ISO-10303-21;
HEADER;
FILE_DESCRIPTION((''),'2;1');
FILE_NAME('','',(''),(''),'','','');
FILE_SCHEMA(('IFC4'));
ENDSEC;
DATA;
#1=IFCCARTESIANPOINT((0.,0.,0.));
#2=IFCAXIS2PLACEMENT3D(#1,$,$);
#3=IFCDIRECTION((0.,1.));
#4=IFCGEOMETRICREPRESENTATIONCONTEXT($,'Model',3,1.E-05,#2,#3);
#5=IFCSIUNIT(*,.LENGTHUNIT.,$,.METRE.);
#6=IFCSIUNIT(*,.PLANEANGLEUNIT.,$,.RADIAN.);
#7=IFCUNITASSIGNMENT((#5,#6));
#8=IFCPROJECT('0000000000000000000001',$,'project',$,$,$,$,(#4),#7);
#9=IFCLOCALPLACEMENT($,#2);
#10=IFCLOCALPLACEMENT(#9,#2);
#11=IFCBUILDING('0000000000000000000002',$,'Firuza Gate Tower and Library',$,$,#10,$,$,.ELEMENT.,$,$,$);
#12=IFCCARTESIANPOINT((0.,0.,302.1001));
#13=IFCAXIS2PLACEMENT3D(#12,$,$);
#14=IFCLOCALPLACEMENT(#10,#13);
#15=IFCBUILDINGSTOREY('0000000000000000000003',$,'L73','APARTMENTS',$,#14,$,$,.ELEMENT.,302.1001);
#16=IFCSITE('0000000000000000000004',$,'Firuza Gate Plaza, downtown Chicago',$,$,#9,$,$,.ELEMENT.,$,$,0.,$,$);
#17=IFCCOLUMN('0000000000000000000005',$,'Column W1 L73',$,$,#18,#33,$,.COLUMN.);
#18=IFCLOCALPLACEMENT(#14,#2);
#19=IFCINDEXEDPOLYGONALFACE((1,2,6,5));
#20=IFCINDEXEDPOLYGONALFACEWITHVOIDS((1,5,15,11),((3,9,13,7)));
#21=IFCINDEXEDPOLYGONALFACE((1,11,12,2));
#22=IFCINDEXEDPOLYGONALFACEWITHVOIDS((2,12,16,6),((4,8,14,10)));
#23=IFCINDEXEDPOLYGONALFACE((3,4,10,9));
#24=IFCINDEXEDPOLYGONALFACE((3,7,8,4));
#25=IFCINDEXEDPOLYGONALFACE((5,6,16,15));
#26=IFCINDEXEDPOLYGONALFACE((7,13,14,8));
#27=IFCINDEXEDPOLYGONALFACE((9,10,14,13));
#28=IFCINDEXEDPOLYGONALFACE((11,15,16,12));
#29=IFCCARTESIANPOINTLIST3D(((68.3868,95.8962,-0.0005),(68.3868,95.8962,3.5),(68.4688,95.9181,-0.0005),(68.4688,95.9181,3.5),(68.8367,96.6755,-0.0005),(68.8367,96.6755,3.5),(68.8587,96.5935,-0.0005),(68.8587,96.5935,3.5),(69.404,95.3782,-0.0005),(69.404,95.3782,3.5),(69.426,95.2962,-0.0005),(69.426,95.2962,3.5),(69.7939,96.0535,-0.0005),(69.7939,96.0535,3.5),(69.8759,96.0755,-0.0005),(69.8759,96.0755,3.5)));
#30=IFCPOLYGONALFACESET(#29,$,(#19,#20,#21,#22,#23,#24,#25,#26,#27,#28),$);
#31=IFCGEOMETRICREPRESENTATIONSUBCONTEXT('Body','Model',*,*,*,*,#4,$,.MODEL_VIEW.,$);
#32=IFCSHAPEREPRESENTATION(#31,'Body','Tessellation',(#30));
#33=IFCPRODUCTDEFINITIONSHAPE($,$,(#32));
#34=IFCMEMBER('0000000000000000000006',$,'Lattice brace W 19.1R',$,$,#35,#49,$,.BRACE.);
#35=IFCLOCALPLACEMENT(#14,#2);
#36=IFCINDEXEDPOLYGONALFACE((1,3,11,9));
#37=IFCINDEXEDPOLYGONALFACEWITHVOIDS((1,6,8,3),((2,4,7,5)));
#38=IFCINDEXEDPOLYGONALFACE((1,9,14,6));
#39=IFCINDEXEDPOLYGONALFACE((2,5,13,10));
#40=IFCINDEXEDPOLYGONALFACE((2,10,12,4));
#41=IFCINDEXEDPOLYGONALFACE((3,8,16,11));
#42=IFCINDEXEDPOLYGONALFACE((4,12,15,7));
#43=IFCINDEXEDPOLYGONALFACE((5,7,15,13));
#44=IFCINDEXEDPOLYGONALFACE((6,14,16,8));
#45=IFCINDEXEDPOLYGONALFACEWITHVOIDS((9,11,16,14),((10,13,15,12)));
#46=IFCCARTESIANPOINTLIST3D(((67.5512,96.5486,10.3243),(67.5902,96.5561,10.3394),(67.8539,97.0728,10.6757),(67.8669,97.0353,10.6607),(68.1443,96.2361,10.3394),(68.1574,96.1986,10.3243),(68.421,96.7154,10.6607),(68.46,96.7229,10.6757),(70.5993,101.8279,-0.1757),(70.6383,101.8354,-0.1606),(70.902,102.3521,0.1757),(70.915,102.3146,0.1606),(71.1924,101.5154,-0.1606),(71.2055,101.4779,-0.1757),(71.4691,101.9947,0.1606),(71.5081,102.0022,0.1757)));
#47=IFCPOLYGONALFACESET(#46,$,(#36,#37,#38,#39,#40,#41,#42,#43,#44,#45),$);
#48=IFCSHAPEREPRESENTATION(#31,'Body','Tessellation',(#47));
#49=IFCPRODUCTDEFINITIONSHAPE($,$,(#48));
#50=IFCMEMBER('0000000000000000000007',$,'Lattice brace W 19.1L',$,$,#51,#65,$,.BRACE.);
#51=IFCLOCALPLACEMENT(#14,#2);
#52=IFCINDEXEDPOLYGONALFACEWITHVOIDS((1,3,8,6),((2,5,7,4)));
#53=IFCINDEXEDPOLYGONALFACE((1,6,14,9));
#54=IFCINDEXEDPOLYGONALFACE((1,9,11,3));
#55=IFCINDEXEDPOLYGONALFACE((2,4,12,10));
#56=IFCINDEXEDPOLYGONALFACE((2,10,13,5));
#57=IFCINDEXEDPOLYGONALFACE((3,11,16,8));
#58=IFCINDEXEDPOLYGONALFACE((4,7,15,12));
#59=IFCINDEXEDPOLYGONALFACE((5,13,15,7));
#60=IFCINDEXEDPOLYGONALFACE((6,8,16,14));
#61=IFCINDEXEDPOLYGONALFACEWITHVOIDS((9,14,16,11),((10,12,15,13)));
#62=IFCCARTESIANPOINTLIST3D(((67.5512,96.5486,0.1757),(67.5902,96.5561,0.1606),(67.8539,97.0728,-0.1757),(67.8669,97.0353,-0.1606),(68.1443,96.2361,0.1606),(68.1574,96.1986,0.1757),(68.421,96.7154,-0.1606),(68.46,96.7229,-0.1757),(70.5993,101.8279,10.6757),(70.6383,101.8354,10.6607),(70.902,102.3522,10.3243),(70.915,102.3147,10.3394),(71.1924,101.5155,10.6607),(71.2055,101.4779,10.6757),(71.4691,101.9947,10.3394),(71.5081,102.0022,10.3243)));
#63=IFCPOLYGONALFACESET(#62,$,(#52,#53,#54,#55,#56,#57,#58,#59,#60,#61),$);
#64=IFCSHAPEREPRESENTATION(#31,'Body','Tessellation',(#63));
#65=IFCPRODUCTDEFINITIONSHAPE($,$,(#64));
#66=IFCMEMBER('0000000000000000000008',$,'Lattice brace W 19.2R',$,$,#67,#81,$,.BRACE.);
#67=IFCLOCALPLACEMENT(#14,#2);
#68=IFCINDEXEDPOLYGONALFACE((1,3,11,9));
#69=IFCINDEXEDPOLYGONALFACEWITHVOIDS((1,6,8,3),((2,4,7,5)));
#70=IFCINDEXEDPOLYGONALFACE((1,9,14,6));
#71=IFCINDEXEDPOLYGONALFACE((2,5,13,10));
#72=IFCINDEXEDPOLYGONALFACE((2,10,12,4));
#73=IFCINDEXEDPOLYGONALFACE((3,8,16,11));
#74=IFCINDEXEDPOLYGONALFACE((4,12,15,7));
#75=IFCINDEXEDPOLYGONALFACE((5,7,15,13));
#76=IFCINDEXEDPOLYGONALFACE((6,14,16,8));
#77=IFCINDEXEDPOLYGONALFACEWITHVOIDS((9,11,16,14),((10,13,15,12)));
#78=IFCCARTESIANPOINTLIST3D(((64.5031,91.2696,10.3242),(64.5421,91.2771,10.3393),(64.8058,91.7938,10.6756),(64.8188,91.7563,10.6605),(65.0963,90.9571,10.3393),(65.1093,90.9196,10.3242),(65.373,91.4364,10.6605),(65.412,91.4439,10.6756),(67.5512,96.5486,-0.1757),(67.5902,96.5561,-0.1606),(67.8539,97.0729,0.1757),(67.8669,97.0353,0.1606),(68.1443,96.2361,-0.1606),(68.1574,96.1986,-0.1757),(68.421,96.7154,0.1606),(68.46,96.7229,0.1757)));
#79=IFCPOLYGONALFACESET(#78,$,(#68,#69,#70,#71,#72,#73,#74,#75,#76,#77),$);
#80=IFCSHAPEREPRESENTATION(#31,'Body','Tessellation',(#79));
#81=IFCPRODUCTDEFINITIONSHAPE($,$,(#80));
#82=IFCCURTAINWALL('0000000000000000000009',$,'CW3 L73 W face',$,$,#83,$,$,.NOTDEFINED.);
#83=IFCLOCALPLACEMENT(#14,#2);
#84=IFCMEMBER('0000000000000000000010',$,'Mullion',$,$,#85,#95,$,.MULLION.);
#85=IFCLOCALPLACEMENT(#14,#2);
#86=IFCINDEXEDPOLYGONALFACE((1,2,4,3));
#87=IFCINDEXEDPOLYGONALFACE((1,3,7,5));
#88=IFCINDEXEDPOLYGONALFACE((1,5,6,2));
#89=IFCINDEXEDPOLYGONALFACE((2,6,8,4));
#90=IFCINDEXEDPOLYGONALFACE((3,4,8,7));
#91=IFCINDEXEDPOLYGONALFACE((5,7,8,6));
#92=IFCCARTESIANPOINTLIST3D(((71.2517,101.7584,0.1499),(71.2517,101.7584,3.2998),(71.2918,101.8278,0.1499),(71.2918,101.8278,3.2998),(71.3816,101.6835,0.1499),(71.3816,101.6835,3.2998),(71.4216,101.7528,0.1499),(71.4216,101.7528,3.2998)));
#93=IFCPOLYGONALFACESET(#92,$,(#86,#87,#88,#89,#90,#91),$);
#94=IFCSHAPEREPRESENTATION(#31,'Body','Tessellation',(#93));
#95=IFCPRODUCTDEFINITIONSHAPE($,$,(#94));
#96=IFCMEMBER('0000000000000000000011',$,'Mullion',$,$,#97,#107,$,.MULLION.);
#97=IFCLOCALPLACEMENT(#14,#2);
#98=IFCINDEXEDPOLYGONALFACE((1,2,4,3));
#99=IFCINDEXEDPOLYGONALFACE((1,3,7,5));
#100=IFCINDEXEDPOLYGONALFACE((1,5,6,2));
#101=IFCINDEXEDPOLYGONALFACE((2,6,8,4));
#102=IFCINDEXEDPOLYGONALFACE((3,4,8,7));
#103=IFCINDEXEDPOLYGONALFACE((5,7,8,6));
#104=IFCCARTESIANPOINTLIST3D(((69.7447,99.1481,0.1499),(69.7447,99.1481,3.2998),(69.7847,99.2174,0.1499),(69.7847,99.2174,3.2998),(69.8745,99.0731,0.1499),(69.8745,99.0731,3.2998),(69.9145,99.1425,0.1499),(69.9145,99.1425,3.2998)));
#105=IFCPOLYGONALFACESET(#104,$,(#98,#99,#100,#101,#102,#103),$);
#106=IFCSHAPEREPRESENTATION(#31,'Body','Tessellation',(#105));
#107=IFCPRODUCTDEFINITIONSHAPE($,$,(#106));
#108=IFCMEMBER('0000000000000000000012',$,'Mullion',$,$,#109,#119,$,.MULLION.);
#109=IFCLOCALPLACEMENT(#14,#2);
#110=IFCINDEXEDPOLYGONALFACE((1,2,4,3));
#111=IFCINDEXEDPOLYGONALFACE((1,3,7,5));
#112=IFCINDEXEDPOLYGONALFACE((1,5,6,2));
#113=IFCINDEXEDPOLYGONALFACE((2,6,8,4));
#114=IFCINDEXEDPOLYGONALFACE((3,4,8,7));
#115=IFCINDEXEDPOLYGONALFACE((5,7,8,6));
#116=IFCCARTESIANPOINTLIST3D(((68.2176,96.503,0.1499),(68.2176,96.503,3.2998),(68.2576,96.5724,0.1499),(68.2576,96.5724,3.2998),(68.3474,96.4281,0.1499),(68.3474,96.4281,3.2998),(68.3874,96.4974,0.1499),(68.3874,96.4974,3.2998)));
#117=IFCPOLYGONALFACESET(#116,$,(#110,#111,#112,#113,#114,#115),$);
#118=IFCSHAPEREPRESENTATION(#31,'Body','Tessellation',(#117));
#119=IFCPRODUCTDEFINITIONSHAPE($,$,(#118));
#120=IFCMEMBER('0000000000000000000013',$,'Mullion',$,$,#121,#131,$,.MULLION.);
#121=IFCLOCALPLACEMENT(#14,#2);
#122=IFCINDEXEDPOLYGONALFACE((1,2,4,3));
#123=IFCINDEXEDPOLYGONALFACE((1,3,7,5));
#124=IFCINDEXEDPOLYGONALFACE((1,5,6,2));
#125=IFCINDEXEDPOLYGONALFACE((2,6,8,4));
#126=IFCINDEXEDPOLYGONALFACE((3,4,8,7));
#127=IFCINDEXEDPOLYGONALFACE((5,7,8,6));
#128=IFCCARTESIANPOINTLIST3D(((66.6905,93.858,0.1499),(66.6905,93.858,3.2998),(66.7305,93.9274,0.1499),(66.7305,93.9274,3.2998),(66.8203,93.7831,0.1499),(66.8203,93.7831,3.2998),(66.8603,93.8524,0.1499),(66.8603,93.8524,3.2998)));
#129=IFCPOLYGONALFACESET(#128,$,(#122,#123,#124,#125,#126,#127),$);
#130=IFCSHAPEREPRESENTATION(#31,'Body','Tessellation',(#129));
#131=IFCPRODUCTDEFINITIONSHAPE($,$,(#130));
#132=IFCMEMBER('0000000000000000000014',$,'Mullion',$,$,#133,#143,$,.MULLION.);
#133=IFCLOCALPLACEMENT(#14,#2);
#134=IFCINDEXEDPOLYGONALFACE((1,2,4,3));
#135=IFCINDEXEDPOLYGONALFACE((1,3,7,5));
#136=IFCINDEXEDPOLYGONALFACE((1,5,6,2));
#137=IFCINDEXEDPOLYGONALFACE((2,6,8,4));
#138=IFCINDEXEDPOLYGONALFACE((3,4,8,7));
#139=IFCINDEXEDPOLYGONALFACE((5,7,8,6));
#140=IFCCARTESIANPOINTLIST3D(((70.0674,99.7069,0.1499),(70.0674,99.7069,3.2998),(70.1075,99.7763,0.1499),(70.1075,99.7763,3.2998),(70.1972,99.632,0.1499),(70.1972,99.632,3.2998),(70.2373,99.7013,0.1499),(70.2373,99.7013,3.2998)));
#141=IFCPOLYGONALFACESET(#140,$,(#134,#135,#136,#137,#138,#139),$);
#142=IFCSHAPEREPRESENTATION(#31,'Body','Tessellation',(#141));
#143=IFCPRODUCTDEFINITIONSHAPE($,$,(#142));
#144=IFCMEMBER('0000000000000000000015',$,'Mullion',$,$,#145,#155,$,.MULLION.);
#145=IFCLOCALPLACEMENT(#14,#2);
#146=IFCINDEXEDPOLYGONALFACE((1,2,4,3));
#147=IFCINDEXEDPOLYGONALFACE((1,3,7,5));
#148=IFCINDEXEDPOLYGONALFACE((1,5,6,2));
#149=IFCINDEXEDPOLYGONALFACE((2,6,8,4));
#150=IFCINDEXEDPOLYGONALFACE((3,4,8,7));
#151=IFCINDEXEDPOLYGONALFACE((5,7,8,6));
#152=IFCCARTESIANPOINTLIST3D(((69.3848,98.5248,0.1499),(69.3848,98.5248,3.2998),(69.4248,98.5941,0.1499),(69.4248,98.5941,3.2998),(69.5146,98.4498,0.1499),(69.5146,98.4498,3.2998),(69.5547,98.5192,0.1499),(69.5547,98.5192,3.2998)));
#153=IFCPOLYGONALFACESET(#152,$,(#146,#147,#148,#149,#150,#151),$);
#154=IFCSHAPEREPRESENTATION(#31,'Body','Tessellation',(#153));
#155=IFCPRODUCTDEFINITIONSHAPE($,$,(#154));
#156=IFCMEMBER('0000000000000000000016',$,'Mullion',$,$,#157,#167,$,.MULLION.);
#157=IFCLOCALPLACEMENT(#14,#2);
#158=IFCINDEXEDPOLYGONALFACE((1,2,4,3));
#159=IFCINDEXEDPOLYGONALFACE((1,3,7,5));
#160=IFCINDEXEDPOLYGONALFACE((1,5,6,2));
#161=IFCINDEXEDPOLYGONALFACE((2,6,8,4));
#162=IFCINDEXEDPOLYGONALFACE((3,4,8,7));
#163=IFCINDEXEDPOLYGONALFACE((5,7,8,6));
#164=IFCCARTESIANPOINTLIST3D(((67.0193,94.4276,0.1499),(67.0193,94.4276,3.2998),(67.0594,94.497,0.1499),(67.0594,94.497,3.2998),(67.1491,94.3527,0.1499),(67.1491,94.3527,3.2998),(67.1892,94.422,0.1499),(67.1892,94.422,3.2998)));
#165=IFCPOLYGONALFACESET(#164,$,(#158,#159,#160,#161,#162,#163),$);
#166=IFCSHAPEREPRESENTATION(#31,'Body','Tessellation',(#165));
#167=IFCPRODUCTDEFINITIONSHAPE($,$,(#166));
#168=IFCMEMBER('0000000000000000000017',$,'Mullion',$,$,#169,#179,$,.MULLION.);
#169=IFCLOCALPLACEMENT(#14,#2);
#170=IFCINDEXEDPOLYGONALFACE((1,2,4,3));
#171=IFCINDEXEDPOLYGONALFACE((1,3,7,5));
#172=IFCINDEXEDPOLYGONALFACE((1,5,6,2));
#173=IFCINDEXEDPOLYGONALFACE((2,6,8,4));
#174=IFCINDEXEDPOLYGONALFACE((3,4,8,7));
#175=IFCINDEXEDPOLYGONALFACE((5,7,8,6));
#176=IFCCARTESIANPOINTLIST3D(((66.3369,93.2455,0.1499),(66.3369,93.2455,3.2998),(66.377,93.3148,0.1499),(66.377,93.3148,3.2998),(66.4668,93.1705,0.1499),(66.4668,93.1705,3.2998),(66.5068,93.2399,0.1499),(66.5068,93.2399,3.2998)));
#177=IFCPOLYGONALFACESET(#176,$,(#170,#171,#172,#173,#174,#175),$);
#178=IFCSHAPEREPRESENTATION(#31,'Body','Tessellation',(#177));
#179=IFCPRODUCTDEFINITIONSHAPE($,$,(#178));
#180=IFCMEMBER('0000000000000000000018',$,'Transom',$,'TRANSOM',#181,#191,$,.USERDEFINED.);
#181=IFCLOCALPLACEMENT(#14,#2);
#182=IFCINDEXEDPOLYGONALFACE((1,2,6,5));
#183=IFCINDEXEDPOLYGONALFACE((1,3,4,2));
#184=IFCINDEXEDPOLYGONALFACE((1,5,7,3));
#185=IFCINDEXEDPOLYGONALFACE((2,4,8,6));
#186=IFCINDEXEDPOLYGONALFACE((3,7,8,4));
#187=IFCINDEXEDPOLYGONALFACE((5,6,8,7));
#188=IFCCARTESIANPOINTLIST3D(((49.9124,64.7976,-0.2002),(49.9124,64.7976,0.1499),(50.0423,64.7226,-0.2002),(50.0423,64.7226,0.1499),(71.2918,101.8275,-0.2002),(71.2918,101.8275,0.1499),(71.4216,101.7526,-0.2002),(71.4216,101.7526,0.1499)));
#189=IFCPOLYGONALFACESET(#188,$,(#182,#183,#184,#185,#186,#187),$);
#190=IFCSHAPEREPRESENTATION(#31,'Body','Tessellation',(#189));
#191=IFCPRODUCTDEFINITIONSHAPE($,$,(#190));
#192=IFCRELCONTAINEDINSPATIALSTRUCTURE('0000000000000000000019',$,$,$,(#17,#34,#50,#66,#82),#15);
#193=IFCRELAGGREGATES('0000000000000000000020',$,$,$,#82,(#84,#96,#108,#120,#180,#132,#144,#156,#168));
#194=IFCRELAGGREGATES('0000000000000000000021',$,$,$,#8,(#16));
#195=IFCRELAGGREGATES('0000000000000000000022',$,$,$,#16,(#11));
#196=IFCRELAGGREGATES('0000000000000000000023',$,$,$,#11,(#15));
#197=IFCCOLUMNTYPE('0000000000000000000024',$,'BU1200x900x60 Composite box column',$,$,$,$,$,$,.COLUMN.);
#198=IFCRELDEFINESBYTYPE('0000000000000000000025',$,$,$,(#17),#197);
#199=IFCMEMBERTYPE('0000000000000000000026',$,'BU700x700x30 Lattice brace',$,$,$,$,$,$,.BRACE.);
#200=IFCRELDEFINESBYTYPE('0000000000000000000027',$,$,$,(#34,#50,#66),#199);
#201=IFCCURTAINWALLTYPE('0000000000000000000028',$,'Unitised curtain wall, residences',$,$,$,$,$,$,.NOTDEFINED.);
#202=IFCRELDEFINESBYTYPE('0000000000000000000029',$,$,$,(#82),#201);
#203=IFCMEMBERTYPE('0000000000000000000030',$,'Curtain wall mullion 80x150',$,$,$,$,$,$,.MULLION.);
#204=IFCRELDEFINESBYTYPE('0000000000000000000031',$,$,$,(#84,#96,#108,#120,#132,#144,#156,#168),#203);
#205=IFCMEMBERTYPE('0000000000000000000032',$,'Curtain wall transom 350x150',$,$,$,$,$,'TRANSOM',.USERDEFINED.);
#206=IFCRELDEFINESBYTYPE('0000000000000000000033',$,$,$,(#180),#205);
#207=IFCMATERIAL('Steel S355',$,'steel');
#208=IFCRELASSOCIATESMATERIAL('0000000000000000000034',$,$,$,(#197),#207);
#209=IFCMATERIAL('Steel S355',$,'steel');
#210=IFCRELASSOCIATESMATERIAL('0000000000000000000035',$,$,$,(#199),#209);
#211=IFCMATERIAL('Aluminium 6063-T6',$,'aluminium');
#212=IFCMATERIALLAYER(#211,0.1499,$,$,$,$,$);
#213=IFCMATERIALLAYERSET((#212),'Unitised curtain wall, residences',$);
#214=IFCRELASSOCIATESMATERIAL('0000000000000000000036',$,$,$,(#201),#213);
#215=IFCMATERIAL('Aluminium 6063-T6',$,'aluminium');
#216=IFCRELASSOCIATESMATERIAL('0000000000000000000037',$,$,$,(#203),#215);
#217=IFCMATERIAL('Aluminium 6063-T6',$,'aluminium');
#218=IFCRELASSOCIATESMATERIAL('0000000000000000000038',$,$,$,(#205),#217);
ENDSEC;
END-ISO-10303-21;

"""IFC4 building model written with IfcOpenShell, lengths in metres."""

from ifc_helpers import new_model, si_unit, direction, frame, origin, origin_2d, place, context, subcontext, project, spatial, rectangle, hollow_rectangle, extrude, material, layer, layer_set, material_profile, profile_set, type_object, element, aggregate, save


model = new_model("IFC4")

# Units and contexts
model_context = context("Model", 3, precision=1e-05, world=origin(), true_north=direction((0.0, 1.0)))
body_context = subcontext(model_context, "Body", "Model", "MODEL_VIEW")
ifc_project = project(units=[si_unit("LENGTHUNIT", "METRE"), si_unit("PLANEANGLEUNIT", "RADIAN")], contexts=[model_context])

# Site, building, storey
site_placement = place(None, origin())
site = spatial("IfcSite", under=ifc_project, at=site_placement, Name="Firuza Gate Plaza, downtown Chicago", CompositionType="ELEMENT", RefElevation=0.0)
building_placement = place(site_placement, origin())
building = spatial("IfcBuilding", under=site, at=building_placement, Name="Firuza Gate Tower and Library", CompositionType="ELEMENT")
storey_placement = place(building_placement, frame((0.0, 0.0, 302.1001)))
storey = spatial("IfcBuildingStorey", under=building, at=storey_placement, Name="L73", Description="APARTMENTS", CompositionType="ELEMENT", Elevation=302.1001)

# Column
ifc_material_1 = material(Name="Steel S355", Category="steel")
ifc_material_profile_1 = material_profile(ifc_material_1, hollow_rectangle(XDim=0.8999, YDim=1.2, WallThickness=0.0601, at=origin_2d()))
ifc_profile_set_1 = profile_set([ifc_material_profile_1], Name="Steel S355")
column_type = type_object("IfcColumnType", Name="BU1200x900x60 Composite box column", PredefinedType="COLUMN", material=ifc_profile_set_1)
column_placement = place(storey_placement, frame((69.1313, 95.9858, -0.0005), z_axis=(0.0, 0.0, 1.0), x_axis=(-0.5, -0.866025, 0.0)))
element("IfcColumn", 1, at=column_placement, inside=storey, type_object=column_type, Name="Column W1 L73", PredefinedType="COLUMN", context=body_context, shape_type="SweptSolid", body=[
    extrude(hollow_rectangle(XDim=0.8999, YDim=1.2, WallThickness=0.0601, at=origin_2d()), origin(), (0.0, 0.0, 1.0), 3.5005),
])

# Members
ifc_material_2 = material(Name="Steel S355", Category="steel")
ifc_material_profile_2 = material_profile(ifc_material_2, hollow_rectangle(XDim=0.7, YDim=0.7, WallThickness=0.03, at=origin_2d()))
ifc_profile_set_2 = profile_set([ifc_material_profile_2], Name="Steel S355")
member_type_1 = type_object("IfcMemberType", Name="BU700x700x30 Lattice brace", PredefinedType="BRACE", material=ifc_profile_set_2)
for number, where, z_axis, x_axis, name in (
    (2, (71.0537, 101.915, 0.0), (-0.251051, -0.43482, 0.864815), (0.866019, -0.500011, 0.0), "Lattice brace W 19.1R"),
    (3, (68.0056, 96.6357, 0.0), (0.251051, 0.43482, 0.864815), (-0.866019, 0.500011, 0.0), "Lattice brace W 19.1L"),
):
    element("IfcMember", number, at=place(storey_placement, frame(where, z_axis=z_axis, x_axis=x_axis)), inside=storey, type_object=member_type_1, Name=name, PredefinedType="BRACE", context=body_context, shape_type="SweptSolid", body=[
        extrude(hollow_rectangle(XDim=0.7, YDim=0.7, WallThickness=0.03, at=origin_2d()), origin(), (0.0, 0.0, 1.0), 12.1414),
    ])
member_1_placement = place(storey_placement, frame((68.0056, 96.6357, 0.0), z_axis=(-0.251053, -0.434804, 0.864822), x_axis=(0.866009, -0.500029, 0.0)))
element("IfcMember", 4, at=member_1_placement, inside=storey, type_object=member_type_1, Name="Lattice brace W 19.2R", PredefinedType="BRACE", context=body_context, shape_type="SweptSolid", body=[
    extrude(hollow_rectangle(XDim=0.7, YDim=0.7, WallThickness=0.03, at=origin_2d()), origin(), (0.0, 0.0, 1.0), 12.1411),
])

# Curtain wall, members
ifc_material_3 = material(Name="Aluminium 6063-T6", Category="aluminium")
ifc_layer_1 = layer(ifc_material_3, 0.1499)
ifc_layer_set_1 = layer_set([ifc_layer_1], Name="Unitised curtain wall, residences")
curtain_wall_type = type_object("IfcCurtainWallType", Name="Unitised curtain wall, residences", PredefinedType="NOTDEFINED", material=ifc_layer_set_1)
placement = place(storey_placement, origin())
curtain_wall = element("IfcCurtainWall", 5, at=placement, inside=storey, type_object=curtain_wall_type, Name="CW3 L73 W face", PredefinedType="NOTDEFINED")
ifc_material_4 = material(Name="Aluminium 6063-T6", Category="aluminium")
ifc_material_profile_3 = material_profile(ifc_material_4, rectangle(XDim=0.1499, YDim=0.0801, at=origin_2d()))
ifc_profile_set_3 = profile_set([ifc_material_profile_3], Name="Aluminium 6063-T6")
member_type_2 = type_object("IfcMemberType", Name="Curtain wall mullion 80x150", PredefinedType="MULLION", material=ifc_profile_set_3)
member_2_placement = place(storey_placement, frame((71.3367, 101.7556, 0.1499), z_axis=(0.0, 0.0, 1.0), x_axis=(0.866025, -0.5, 0.0)))
member_2 = element("IfcMember", 6, at=member_2_placement, type_object=member_type_2, Name="Mullion", PredefinedType="MULLION", context=body_context, shape_type="SweptSolid", body=[
    extrude(rectangle(XDim=0.1499, YDim=0.0801, at=origin_2d()), origin(), (0.0, 0.0, 1.0), 3.1499),
])
member_3_placement = place(storey_placement, frame((69.8296, 99.1453, 0.1499), z_axis=(0.0, 0.0, 1.0), x_axis=(0.866025, -0.5, 0.0)))
member_3 = element("IfcMember", 7, at=member_3_placement, type_object=member_type_2, Name="Mullion", PredefinedType="MULLION", context=body_context, shape_type="SweptSolid", body=[
    extrude(rectangle(XDim=0.1499, YDim=0.0801, at=origin_2d()), origin(), (0.0, 0.0, 1.0), 3.1499),
])
member_4_placement = place(storey_placement, frame((68.3025, 96.5002, 0.1499), z_axis=(0.0, 0.0, 1.0), x_axis=(0.866025, -0.5, 0.0)))
member_4 = element("IfcMember", 8, at=member_4_placement, type_object=member_type_2, Name="Mullion", PredefinedType="MULLION", context=body_context, shape_type="SweptSolid", body=[
    extrude(rectangle(XDim=0.1499, YDim=0.0801, at=origin_2d()), origin(), (0.0, 0.0, 1.0), 3.1499),
])
member_5_placement = place(storey_placement, frame((66.7754, 93.8552, 0.1499), z_axis=(0.0, 0.0, 1.0), x_axis=(0.866025, -0.5, 0.0)))
member_5 = element("IfcMember", 9, at=member_5_placement, type_object=member_type_2, Name="Mullion", PredefinedType="MULLION", context=body_context, shape_type="SweptSolid", body=[
    extrude(rectangle(XDim=0.1499, YDim=0.0801, at=origin_2d()), origin(), (0.0, 0.0, 1.0), 3.1499),
])
member_6_placement = place(storey_placement, frame((70.1523, 99.7041, 0.1499), z_axis=(0.0, 0.0, 1.0), x_axis=(0.866025, -0.5, 0.0)))
member_6 = element("IfcMember", 10, at=member_6_placement, type_object=member_type_2, Name="Mullion", PredefinedType="MULLION", context=body_context, shape_type="SweptSolid", body=[
    extrude(rectangle(XDim=0.1499, YDim=0.0801, at=origin_2d()), origin(), (0.0, 0.0, 1.0), 3.1499),
])
member_7_placement = place(storey_placement, frame((69.4697, 98.522, 0.1499), z_axis=(0.0, 0.0, 1.0), x_axis=(0.866025, -0.5, 0.0)))
member_7 = element("IfcMember", 11, at=member_7_placement, type_object=member_type_2, Name="Mullion", PredefinedType="MULLION", context=body_context, shape_type="SweptSolid", body=[
    extrude(rectangle(XDim=0.1499, YDim=0.0801, at=origin_2d()), origin(), (0.0, 0.0, 1.0), 3.1499),
])
member_8_placement = place(storey_placement, frame((67.1042, 94.4248, 0.1499), z_axis=(0.0, 0.0, 1.0), x_axis=(0.866025, -0.5, 0.0)))
member_8 = element("IfcMember", 12, at=member_8_placement, type_object=member_type_2, Name="Mullion", PredefinedType="MULLION", context=body_context, shape_type="SweptSolid", body=[
    extrude(rectangle(XDim=0.1499, YDim=0.0801, at=origin_2d()), origin(), (0.0, 0.0, 1.0), 3.1499),
])
member_9_placement = place(storey_placement, frame((66.4219, 93.2427, 0.1499), z_axis=(0.0, 0.0, 1.0), x_axis=(0.866025, -0.5, 0.0)))
member_9 = element("IfcMember", 13, at=member_9_placement, type_object=member_type_2, Name="Mullion", PredefinedType="MULLION", context=body_context, shape_type="SweptSolid", body=[
    extrude(rectangle(XDim=0.1499, YDim=0.0801, at=origin_2d()), origin(), (0.0, 0.0, 1.0), 3.1499),
])
ifc_material_5 = material(Name="Aluminium 6063-T6", Category="aluminium")
ifc_material_profile_4 = material_profile(ifc_material_5, rectangle(XDim=0.1499, YDim=0.3501, at=origin_2d()))
ifc_profile_set_4 = profile_set([ifc_material_profile_4], Name="Aluminium 6063-T6")
member_type_3 = type_object("IfcMemberType", Name="Curtain wall transom 350x150", ElementType="TRANSOM", PredefinedType="USERDEFINED", material=ifc_profile_set_4)
member_10_placement = place(storey_placement, frame((71.3567, 101.79, -0.0251), z_axis=(-0.500002, -0.866024, 0.0), x_axis=(0.866024, -0.500002, 0.0)))
member_10 = element("IfcMember", 14, at=member_10_placement, type_object=member_type_3, Name="Transom", ObjectType="TRANSOM", PredefinedType="USERDEFINED", context=body_context, shape_type="SweptSolid", body=[
    extrude(rectangle(XDim=0.1499, YDim=0.3501, at=origin_2d()), origin(), (0.0, 0.0, 1.0), 42.7585),
])

aggregate(curtain_wall, [member_2, member_3, member_4, member_5, member_10, member_6, member_7, member_8, member_9])

save(model, "model.ifc")
